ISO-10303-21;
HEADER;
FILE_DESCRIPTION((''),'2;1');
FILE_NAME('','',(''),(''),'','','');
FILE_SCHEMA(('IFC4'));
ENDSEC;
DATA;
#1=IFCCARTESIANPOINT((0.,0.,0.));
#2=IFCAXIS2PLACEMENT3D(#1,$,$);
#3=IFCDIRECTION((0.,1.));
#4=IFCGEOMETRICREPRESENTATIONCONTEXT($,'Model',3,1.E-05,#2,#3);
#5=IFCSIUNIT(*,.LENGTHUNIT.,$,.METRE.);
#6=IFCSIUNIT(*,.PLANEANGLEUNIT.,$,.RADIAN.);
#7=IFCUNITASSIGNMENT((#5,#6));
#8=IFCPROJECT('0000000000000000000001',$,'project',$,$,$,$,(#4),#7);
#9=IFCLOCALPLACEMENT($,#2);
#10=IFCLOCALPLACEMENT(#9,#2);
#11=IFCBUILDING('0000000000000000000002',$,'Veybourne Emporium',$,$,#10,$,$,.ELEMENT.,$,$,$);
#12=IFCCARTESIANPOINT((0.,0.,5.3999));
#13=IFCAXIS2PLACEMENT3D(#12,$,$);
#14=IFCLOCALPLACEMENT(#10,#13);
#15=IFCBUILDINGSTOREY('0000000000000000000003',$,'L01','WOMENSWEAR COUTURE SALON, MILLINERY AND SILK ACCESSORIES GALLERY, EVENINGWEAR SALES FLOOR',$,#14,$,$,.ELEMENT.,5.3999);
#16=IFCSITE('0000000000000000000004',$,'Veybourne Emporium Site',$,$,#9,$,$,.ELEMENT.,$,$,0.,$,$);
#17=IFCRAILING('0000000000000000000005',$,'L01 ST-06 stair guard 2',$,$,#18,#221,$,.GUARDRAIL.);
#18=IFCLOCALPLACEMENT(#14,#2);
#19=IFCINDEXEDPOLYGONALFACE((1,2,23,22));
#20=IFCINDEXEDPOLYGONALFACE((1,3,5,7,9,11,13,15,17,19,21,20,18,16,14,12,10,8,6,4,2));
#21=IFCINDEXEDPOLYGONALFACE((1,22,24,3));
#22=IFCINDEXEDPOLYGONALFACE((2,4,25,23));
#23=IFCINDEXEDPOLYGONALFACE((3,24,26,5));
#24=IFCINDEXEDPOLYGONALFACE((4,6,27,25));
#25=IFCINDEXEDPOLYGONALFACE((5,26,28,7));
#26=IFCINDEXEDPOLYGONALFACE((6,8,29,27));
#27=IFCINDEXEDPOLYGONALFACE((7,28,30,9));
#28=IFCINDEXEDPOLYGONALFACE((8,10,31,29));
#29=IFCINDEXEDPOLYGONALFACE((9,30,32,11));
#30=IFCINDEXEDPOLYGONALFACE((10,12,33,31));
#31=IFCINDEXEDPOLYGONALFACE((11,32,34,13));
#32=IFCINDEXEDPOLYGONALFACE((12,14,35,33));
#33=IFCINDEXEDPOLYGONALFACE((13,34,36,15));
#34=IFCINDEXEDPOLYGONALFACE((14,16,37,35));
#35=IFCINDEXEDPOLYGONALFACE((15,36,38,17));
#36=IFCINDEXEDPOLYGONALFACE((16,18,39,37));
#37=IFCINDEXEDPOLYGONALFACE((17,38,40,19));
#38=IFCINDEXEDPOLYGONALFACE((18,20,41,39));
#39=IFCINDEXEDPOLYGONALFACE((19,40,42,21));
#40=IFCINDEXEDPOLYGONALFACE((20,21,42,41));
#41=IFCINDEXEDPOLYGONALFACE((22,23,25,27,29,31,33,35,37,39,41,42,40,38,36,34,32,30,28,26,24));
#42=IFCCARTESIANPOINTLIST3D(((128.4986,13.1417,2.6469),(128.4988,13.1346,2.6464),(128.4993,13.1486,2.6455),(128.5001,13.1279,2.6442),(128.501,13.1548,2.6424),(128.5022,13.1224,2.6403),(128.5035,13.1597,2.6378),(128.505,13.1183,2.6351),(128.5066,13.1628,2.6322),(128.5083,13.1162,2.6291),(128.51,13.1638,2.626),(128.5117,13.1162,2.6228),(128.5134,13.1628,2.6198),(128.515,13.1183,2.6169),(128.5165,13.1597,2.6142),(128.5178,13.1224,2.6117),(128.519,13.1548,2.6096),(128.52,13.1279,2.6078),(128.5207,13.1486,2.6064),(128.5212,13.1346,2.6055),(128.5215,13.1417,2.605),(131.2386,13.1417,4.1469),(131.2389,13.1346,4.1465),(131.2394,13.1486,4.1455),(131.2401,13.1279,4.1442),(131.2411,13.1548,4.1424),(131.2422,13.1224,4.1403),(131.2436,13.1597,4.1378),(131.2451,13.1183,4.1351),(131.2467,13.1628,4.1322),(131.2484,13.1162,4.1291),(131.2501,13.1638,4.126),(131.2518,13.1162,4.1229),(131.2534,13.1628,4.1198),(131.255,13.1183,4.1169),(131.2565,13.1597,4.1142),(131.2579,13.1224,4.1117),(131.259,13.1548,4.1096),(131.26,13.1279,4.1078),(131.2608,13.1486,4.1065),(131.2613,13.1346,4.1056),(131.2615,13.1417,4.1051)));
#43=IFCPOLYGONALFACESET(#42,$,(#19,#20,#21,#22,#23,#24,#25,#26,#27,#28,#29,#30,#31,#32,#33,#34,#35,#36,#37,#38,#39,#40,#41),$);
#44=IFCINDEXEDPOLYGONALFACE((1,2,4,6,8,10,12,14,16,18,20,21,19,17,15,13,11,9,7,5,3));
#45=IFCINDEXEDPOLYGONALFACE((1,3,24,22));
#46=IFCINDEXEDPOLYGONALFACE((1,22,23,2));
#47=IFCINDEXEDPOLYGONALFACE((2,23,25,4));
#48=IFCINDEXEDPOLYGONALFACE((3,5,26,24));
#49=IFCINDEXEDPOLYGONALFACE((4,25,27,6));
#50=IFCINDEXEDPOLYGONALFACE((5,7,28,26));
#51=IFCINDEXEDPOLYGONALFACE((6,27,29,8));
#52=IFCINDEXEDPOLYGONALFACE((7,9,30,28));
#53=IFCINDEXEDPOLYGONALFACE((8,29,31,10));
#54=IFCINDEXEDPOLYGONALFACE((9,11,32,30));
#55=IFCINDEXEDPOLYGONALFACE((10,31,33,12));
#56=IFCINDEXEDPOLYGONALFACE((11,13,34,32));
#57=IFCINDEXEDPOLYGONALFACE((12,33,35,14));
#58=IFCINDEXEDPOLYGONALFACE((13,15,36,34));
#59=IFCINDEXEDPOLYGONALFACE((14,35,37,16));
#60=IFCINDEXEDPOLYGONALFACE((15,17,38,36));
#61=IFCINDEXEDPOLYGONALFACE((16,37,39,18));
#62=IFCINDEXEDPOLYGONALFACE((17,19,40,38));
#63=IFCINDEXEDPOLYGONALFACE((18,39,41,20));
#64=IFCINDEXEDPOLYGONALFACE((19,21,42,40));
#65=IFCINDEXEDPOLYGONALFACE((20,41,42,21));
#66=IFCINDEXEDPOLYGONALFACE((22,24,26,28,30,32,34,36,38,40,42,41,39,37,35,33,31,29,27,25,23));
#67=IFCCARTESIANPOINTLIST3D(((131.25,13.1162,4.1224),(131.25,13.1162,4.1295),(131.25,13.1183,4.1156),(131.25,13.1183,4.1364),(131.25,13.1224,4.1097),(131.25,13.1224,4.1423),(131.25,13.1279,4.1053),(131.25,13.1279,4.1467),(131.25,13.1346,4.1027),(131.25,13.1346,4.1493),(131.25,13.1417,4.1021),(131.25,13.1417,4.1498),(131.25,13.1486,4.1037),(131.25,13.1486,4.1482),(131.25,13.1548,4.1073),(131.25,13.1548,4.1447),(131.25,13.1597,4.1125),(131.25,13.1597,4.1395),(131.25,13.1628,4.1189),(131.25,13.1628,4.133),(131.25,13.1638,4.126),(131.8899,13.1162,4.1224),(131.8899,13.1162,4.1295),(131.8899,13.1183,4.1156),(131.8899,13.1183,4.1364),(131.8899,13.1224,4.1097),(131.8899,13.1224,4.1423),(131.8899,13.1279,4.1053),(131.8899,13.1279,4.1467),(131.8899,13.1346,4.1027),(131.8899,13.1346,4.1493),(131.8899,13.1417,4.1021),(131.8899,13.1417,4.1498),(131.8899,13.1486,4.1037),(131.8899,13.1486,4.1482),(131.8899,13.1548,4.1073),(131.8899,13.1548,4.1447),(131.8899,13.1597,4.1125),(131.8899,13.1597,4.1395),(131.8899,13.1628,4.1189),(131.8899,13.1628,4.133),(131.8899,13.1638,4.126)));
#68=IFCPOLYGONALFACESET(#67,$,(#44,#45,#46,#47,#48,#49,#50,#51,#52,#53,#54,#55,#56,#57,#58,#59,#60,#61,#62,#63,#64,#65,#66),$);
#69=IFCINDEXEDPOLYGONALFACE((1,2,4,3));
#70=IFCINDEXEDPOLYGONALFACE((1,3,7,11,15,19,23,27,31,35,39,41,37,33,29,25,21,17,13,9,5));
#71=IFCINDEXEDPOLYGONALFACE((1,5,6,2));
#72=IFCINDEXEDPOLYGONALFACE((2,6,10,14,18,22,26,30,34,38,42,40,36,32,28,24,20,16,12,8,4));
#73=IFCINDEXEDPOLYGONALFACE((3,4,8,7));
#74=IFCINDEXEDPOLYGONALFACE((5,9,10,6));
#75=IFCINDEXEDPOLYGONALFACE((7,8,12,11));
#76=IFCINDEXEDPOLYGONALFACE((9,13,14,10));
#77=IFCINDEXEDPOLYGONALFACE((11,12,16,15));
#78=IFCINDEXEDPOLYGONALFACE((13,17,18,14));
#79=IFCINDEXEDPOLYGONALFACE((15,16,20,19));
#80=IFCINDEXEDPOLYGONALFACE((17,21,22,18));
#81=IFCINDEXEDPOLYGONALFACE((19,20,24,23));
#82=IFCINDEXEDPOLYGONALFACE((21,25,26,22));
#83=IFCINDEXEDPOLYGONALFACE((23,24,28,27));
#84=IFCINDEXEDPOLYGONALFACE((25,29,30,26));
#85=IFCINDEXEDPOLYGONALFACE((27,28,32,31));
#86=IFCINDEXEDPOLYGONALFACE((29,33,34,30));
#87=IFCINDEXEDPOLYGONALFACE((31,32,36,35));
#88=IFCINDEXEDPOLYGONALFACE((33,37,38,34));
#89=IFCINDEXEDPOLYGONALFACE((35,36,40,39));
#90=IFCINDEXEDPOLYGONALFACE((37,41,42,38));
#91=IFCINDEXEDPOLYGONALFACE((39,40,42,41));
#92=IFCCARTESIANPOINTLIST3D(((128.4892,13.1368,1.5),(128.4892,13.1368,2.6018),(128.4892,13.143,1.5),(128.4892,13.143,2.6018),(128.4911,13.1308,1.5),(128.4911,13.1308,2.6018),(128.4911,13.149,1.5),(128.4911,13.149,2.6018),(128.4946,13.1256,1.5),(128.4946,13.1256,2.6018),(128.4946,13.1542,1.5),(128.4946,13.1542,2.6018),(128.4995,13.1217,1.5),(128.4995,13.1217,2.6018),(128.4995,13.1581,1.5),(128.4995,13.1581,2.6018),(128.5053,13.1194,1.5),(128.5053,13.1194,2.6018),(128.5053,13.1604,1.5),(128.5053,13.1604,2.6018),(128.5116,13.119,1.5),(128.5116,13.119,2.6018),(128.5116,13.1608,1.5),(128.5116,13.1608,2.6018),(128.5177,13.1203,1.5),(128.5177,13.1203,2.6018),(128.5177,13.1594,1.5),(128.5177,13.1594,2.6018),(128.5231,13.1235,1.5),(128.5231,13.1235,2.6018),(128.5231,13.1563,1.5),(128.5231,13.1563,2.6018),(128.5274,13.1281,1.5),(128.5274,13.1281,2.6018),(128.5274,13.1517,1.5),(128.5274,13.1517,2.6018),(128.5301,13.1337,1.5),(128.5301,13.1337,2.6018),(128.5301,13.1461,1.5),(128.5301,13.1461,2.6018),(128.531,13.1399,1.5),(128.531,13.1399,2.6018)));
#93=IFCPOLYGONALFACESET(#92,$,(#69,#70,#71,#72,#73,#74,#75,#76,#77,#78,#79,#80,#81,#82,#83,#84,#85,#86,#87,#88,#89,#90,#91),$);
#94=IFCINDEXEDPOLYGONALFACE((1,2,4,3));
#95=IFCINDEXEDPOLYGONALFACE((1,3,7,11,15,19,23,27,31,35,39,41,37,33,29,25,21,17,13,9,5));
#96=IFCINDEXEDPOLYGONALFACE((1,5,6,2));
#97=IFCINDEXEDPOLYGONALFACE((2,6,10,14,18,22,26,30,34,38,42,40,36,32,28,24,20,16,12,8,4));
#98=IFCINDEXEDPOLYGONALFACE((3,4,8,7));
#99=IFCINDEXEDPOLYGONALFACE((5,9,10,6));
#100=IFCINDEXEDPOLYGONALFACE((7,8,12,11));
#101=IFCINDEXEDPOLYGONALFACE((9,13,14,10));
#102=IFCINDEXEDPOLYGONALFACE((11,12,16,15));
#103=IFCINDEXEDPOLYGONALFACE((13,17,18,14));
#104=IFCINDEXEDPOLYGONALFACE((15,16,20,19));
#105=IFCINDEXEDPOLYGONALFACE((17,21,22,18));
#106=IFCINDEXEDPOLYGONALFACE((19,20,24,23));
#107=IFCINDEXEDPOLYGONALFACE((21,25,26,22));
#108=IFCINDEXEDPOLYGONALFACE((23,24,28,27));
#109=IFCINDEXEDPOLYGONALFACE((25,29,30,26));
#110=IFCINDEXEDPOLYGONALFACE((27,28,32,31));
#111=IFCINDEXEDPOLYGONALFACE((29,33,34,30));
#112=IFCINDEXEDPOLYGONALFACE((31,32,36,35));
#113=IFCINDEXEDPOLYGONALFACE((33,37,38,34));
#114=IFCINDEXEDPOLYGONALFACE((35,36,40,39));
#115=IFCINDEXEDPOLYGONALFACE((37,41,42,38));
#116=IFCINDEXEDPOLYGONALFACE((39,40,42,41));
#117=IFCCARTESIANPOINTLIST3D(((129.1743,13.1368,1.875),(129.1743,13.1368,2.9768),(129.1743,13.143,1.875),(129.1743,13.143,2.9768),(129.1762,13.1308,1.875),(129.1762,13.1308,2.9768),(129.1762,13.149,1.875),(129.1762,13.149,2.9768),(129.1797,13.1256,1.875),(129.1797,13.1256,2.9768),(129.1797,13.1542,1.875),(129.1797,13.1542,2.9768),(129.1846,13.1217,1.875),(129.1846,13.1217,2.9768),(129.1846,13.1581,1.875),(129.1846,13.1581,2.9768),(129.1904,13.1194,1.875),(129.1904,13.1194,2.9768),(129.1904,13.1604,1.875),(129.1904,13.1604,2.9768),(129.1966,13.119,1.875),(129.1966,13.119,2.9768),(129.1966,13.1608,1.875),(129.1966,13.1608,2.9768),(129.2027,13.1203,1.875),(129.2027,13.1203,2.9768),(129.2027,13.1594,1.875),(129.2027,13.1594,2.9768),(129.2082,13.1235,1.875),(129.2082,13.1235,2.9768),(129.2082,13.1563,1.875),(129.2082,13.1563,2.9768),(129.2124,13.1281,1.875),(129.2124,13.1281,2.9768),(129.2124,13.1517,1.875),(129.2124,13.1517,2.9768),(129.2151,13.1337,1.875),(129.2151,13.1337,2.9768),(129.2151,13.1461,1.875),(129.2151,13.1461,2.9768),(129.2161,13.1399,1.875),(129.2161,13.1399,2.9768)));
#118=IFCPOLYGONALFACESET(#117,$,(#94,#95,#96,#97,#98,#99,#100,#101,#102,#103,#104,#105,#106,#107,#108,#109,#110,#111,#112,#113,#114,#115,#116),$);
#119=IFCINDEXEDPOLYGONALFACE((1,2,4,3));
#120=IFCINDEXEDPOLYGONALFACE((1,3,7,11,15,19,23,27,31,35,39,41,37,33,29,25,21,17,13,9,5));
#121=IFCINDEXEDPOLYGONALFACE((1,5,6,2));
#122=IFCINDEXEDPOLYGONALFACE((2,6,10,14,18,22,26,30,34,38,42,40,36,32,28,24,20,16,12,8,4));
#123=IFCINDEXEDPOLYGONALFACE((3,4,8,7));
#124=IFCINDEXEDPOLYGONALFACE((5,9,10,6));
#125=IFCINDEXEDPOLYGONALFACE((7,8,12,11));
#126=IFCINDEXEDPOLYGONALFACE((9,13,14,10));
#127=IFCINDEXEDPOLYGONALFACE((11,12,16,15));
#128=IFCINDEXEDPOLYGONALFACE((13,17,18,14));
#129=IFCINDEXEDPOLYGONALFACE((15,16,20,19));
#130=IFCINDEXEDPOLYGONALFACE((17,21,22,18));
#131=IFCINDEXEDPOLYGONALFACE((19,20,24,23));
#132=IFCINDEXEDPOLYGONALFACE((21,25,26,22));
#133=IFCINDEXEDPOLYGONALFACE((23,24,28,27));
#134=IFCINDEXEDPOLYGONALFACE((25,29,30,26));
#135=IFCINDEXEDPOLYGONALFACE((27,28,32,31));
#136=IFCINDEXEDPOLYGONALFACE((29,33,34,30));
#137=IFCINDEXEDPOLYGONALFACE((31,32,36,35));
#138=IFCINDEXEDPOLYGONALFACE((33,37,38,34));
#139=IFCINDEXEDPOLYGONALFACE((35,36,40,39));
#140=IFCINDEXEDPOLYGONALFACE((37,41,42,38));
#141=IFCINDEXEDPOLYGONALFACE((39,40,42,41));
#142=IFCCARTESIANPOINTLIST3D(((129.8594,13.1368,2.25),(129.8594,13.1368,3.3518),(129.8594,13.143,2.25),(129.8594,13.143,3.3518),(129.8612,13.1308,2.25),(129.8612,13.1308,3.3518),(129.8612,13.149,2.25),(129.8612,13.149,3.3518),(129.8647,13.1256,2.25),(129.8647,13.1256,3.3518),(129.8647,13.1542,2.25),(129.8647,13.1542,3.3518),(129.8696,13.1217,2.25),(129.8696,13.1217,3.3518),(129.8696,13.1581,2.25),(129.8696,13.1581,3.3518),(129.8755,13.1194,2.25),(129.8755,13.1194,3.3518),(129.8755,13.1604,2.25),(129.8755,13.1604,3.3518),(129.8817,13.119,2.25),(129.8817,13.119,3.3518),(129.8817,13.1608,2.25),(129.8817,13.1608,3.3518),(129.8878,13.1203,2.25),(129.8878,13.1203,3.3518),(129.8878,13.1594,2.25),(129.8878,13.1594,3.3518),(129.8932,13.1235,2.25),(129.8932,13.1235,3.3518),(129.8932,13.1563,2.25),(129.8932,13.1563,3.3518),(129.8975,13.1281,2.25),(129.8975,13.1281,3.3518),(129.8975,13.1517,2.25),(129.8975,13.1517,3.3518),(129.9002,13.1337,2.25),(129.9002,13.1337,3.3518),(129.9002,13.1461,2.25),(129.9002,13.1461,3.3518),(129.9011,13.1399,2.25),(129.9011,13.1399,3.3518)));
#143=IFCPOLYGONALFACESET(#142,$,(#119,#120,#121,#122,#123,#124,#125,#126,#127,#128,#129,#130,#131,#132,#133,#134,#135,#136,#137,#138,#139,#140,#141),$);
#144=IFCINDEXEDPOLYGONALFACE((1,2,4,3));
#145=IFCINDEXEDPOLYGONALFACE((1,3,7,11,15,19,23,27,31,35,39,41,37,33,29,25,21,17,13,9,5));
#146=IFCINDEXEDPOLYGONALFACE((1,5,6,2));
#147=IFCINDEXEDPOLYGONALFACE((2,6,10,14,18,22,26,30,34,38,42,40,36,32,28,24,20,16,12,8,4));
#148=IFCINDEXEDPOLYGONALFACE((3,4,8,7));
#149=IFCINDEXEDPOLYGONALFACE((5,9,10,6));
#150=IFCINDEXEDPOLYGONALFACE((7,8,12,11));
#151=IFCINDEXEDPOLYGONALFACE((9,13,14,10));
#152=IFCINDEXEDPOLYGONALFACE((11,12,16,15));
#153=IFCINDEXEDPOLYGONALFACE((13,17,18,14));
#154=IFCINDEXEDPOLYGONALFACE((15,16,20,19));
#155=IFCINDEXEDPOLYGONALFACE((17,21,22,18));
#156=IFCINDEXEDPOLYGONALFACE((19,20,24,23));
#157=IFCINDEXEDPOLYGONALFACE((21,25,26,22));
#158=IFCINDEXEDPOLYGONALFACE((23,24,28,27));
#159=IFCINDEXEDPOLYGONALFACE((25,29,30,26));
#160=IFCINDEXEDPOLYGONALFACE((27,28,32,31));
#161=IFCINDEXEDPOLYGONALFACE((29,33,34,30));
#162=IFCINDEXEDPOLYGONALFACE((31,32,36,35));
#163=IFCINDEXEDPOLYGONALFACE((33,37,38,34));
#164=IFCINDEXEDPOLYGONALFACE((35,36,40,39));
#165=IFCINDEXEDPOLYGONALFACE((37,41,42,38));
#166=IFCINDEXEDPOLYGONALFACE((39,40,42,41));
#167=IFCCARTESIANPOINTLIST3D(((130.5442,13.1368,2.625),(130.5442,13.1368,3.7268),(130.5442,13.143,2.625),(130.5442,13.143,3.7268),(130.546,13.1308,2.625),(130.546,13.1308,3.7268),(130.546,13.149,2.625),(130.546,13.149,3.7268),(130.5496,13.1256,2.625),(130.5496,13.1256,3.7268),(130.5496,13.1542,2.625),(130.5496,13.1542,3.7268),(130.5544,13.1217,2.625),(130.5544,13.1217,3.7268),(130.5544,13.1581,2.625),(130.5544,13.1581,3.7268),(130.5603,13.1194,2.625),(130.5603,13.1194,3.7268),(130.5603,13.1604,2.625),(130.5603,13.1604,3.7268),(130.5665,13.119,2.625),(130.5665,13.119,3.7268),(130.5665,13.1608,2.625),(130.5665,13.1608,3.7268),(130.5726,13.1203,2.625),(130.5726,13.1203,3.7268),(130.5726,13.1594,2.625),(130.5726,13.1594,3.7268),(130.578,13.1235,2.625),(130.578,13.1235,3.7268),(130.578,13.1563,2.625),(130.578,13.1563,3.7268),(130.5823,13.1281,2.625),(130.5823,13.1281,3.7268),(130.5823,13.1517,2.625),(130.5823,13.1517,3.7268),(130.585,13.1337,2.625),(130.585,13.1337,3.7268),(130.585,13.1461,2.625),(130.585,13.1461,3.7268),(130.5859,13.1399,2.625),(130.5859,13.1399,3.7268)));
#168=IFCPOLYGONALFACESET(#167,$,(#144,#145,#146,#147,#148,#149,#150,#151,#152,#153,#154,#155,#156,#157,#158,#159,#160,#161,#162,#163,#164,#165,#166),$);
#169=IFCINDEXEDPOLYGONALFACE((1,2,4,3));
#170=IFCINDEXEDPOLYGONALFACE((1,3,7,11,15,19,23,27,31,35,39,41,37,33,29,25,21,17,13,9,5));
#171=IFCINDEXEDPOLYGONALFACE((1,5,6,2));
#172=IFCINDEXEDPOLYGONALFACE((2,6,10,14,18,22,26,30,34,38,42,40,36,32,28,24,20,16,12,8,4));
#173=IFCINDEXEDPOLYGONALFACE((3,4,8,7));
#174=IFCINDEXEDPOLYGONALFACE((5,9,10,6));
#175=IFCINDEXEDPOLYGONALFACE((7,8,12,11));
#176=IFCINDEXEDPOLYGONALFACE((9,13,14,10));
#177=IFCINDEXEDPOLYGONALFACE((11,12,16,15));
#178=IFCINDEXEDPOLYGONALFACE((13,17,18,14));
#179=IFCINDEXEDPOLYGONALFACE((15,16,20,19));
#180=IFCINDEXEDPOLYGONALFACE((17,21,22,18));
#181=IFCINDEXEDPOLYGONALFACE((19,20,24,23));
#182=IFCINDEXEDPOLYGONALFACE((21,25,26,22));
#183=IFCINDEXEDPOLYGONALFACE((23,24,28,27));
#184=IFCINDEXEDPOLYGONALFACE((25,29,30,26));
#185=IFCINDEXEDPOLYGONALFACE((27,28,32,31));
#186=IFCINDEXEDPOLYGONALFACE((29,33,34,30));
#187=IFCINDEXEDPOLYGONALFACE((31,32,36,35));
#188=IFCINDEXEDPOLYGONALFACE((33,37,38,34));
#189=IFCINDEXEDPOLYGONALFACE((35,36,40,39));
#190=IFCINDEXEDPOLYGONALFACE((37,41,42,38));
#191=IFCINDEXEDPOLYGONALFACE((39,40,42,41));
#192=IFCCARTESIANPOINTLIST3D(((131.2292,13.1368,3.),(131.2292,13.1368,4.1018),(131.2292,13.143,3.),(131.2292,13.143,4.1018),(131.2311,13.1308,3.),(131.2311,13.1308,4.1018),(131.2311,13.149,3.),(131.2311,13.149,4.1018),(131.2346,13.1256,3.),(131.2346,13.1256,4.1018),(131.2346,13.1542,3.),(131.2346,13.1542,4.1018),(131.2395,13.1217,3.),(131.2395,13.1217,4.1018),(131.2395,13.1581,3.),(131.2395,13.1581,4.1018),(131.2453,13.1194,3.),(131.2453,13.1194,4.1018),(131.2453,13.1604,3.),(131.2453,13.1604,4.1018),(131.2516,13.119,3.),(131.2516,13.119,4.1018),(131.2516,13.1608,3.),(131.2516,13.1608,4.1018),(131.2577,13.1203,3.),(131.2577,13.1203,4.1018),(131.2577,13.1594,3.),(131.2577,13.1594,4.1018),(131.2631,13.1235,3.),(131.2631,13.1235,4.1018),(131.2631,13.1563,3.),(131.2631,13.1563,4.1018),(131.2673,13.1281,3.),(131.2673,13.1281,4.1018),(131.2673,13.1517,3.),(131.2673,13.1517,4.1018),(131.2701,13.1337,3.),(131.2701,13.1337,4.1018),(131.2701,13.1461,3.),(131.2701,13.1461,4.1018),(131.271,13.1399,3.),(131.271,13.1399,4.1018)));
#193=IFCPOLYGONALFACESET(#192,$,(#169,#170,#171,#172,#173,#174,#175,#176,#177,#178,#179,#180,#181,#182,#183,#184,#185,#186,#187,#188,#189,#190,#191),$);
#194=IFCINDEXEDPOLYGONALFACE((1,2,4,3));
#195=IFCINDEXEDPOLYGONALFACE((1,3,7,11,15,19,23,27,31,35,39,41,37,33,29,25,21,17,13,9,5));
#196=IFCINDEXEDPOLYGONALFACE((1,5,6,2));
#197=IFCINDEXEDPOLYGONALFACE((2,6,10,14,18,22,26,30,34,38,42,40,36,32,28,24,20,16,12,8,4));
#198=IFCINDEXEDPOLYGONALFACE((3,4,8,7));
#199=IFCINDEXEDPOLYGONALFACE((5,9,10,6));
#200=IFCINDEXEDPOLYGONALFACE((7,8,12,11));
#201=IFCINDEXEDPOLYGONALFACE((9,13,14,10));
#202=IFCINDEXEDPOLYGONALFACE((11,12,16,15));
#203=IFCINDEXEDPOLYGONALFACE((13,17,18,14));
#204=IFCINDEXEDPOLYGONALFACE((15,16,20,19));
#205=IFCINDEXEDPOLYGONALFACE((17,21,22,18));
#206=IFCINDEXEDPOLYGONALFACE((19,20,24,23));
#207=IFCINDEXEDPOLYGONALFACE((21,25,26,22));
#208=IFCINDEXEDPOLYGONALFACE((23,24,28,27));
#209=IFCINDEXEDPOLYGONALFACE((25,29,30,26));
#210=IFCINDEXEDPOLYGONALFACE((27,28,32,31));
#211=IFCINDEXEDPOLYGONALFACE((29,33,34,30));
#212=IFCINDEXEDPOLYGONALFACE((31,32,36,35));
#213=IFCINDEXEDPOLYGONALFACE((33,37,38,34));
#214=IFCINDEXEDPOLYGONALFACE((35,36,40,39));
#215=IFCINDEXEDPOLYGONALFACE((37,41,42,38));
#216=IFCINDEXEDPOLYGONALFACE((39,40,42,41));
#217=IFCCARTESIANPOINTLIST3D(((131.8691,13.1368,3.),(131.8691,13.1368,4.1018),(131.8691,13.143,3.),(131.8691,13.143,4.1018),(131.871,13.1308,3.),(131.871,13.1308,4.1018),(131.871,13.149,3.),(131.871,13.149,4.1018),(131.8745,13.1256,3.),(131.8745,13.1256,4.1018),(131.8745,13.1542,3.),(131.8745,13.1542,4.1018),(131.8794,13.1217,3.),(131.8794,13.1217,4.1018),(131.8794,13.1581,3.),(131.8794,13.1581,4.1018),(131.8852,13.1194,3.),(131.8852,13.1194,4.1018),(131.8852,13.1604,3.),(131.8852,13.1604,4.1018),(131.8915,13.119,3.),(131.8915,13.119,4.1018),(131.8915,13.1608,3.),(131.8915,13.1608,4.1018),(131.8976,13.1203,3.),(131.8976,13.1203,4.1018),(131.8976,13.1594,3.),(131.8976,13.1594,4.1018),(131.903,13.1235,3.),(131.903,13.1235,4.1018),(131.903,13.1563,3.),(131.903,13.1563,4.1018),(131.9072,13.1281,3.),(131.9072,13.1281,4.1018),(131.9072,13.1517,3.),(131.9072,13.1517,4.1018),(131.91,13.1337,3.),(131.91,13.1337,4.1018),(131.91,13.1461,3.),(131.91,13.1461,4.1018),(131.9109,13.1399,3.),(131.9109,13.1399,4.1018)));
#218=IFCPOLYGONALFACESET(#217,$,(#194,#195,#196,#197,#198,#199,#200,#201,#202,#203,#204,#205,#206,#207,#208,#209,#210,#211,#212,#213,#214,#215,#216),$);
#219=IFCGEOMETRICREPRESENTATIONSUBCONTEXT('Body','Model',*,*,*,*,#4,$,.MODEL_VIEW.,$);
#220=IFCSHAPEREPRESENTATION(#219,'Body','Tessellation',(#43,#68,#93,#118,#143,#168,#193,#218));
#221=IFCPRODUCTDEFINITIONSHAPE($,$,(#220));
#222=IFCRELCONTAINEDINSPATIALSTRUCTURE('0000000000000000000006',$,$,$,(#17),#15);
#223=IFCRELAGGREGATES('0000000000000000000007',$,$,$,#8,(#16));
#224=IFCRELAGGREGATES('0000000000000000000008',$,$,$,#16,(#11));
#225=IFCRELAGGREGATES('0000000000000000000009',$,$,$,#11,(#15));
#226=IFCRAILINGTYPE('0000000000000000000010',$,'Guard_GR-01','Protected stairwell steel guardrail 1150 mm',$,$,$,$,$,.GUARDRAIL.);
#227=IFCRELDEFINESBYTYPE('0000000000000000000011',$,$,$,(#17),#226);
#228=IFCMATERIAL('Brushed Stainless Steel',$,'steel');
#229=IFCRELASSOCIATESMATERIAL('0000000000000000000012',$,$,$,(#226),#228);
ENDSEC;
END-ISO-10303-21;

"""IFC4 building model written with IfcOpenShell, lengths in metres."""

from ifc_helpers import new_model, si_unit, direction, frame, origin, origin_2d, place, context, subcontext, project, spatial, circle, extrude, material, type_object, element, save


model = new_model("IFC4")

# Units and contexts
model_context = context("Model", 3, precision=1e-05, world=origin(), true_north=direction((0.0, 1.0)))
body_context = subcontext(model_context, "Body", "Model", "MODEL_VIEW")
ifc_project = project(units=[si_unit("LENGTHUNIT", "METRE"), si_unit("PLANEANGLEUNIT", "RADIAN")], contexts=[model_context])

# Site, building, storey
site_placement = place(None, origin())
site = spatial("IfcSite", under=ifc_project, at=site_placement, Name="Veybourne Emporium Site", CompositionType="ELEMENT", RefElevation=0.0)
building_placement = place(site_placement, origin())
building = spatial("IfcBuilding", under=site, at=building_placement, Name="Veybourne Emporium", CompositionType="ELEMENT")
storey_placement = place(building_placement, frame((0.0, 0.0, 5.3999)))
storey = spatial("IfcBuildingStorey", under=building, at=storey_placement, Name="L01", Description="WOMENSWEAR COUTURE SALON, MILLINERY AND SILK ACCESSORIES GALLERY, EVENINGWEAR SALES FLOOR", CompositionType="ELEMENT", Elevation=5.3999)

# Railing
ifc_material_1 = material(Name="Brushed Stainless Steel", Category="steel")
railing_type_1 = type_object("IfcRailingType", Name="Guard_GR-01", Description="Protected stairwell steel guardrail 1150 mm", PredefinedType="GUARDRAIL", material=ifc_material_1)
railing_1_placement = place(storey_placement, frame((128.51, 13.1399, 1.5)))
element("IfcRailing", 1, at=railing_1_placement, inside=storey, type_object=railing_type_1, Name="L01 ST-06 stair guard 2", PredefinedType="GUARDRAIL", context=body_context, shape_type="SweptSolid", body=[
    extrude(circle(Radius=0.0239, at=origin_2d()), frame((0.0, 0.0, 1.126), z_axis=(0.87716, 0.0, 0.480199), x_axis=(0.0, 1.0, 0.0)), (0.0, 0.0, 1.0), 3.1238),
    extrude(circle(Radius=0.0239, at=origin_2d()), frame((2.74, 0.0, 2.626), z_axis=(1.0, 0.0, 0.0), x_axis=(0.0, 1.0, 0.0)), (0.0, 0.0, 1.0), 0.6399),
    extrude(circle(Radius=0.021, at=origin_2d()), origin(), (0.0, 0.0, 1.0), 1.1018),
    extrude(circle(Radius=0.021, at=origin_2d()), frame((0.6851, 0.0, 0.375)), (0.0, 0.0, 1.0), 1.1018),
    extrude(circle(Radius=0.021, at=origin_2d()), frame((1.3701, 0.0, 0.75)), (0.0, 0.0, 1.0), 1.1018),
    extrude(circle(Radius=0.021, at=origin_2d()), frame((2.0549, 0.0, 1.125)), (0.0, 0.0, 1.0), 1.1018),
    extrude(circle(Radius=0.021, at=origin_2d()), frame((2.74, 0.0, 1.5)), (0.0, 0.0, 1.0), 1.1018),
    extrude(circle(Radius=0.021, at=origin_2d()), frame((3.3799, 0.0, 1.5)), (0.0, 0.0, 1.0), 1.1018),
])

save(model, "model.ifc")
